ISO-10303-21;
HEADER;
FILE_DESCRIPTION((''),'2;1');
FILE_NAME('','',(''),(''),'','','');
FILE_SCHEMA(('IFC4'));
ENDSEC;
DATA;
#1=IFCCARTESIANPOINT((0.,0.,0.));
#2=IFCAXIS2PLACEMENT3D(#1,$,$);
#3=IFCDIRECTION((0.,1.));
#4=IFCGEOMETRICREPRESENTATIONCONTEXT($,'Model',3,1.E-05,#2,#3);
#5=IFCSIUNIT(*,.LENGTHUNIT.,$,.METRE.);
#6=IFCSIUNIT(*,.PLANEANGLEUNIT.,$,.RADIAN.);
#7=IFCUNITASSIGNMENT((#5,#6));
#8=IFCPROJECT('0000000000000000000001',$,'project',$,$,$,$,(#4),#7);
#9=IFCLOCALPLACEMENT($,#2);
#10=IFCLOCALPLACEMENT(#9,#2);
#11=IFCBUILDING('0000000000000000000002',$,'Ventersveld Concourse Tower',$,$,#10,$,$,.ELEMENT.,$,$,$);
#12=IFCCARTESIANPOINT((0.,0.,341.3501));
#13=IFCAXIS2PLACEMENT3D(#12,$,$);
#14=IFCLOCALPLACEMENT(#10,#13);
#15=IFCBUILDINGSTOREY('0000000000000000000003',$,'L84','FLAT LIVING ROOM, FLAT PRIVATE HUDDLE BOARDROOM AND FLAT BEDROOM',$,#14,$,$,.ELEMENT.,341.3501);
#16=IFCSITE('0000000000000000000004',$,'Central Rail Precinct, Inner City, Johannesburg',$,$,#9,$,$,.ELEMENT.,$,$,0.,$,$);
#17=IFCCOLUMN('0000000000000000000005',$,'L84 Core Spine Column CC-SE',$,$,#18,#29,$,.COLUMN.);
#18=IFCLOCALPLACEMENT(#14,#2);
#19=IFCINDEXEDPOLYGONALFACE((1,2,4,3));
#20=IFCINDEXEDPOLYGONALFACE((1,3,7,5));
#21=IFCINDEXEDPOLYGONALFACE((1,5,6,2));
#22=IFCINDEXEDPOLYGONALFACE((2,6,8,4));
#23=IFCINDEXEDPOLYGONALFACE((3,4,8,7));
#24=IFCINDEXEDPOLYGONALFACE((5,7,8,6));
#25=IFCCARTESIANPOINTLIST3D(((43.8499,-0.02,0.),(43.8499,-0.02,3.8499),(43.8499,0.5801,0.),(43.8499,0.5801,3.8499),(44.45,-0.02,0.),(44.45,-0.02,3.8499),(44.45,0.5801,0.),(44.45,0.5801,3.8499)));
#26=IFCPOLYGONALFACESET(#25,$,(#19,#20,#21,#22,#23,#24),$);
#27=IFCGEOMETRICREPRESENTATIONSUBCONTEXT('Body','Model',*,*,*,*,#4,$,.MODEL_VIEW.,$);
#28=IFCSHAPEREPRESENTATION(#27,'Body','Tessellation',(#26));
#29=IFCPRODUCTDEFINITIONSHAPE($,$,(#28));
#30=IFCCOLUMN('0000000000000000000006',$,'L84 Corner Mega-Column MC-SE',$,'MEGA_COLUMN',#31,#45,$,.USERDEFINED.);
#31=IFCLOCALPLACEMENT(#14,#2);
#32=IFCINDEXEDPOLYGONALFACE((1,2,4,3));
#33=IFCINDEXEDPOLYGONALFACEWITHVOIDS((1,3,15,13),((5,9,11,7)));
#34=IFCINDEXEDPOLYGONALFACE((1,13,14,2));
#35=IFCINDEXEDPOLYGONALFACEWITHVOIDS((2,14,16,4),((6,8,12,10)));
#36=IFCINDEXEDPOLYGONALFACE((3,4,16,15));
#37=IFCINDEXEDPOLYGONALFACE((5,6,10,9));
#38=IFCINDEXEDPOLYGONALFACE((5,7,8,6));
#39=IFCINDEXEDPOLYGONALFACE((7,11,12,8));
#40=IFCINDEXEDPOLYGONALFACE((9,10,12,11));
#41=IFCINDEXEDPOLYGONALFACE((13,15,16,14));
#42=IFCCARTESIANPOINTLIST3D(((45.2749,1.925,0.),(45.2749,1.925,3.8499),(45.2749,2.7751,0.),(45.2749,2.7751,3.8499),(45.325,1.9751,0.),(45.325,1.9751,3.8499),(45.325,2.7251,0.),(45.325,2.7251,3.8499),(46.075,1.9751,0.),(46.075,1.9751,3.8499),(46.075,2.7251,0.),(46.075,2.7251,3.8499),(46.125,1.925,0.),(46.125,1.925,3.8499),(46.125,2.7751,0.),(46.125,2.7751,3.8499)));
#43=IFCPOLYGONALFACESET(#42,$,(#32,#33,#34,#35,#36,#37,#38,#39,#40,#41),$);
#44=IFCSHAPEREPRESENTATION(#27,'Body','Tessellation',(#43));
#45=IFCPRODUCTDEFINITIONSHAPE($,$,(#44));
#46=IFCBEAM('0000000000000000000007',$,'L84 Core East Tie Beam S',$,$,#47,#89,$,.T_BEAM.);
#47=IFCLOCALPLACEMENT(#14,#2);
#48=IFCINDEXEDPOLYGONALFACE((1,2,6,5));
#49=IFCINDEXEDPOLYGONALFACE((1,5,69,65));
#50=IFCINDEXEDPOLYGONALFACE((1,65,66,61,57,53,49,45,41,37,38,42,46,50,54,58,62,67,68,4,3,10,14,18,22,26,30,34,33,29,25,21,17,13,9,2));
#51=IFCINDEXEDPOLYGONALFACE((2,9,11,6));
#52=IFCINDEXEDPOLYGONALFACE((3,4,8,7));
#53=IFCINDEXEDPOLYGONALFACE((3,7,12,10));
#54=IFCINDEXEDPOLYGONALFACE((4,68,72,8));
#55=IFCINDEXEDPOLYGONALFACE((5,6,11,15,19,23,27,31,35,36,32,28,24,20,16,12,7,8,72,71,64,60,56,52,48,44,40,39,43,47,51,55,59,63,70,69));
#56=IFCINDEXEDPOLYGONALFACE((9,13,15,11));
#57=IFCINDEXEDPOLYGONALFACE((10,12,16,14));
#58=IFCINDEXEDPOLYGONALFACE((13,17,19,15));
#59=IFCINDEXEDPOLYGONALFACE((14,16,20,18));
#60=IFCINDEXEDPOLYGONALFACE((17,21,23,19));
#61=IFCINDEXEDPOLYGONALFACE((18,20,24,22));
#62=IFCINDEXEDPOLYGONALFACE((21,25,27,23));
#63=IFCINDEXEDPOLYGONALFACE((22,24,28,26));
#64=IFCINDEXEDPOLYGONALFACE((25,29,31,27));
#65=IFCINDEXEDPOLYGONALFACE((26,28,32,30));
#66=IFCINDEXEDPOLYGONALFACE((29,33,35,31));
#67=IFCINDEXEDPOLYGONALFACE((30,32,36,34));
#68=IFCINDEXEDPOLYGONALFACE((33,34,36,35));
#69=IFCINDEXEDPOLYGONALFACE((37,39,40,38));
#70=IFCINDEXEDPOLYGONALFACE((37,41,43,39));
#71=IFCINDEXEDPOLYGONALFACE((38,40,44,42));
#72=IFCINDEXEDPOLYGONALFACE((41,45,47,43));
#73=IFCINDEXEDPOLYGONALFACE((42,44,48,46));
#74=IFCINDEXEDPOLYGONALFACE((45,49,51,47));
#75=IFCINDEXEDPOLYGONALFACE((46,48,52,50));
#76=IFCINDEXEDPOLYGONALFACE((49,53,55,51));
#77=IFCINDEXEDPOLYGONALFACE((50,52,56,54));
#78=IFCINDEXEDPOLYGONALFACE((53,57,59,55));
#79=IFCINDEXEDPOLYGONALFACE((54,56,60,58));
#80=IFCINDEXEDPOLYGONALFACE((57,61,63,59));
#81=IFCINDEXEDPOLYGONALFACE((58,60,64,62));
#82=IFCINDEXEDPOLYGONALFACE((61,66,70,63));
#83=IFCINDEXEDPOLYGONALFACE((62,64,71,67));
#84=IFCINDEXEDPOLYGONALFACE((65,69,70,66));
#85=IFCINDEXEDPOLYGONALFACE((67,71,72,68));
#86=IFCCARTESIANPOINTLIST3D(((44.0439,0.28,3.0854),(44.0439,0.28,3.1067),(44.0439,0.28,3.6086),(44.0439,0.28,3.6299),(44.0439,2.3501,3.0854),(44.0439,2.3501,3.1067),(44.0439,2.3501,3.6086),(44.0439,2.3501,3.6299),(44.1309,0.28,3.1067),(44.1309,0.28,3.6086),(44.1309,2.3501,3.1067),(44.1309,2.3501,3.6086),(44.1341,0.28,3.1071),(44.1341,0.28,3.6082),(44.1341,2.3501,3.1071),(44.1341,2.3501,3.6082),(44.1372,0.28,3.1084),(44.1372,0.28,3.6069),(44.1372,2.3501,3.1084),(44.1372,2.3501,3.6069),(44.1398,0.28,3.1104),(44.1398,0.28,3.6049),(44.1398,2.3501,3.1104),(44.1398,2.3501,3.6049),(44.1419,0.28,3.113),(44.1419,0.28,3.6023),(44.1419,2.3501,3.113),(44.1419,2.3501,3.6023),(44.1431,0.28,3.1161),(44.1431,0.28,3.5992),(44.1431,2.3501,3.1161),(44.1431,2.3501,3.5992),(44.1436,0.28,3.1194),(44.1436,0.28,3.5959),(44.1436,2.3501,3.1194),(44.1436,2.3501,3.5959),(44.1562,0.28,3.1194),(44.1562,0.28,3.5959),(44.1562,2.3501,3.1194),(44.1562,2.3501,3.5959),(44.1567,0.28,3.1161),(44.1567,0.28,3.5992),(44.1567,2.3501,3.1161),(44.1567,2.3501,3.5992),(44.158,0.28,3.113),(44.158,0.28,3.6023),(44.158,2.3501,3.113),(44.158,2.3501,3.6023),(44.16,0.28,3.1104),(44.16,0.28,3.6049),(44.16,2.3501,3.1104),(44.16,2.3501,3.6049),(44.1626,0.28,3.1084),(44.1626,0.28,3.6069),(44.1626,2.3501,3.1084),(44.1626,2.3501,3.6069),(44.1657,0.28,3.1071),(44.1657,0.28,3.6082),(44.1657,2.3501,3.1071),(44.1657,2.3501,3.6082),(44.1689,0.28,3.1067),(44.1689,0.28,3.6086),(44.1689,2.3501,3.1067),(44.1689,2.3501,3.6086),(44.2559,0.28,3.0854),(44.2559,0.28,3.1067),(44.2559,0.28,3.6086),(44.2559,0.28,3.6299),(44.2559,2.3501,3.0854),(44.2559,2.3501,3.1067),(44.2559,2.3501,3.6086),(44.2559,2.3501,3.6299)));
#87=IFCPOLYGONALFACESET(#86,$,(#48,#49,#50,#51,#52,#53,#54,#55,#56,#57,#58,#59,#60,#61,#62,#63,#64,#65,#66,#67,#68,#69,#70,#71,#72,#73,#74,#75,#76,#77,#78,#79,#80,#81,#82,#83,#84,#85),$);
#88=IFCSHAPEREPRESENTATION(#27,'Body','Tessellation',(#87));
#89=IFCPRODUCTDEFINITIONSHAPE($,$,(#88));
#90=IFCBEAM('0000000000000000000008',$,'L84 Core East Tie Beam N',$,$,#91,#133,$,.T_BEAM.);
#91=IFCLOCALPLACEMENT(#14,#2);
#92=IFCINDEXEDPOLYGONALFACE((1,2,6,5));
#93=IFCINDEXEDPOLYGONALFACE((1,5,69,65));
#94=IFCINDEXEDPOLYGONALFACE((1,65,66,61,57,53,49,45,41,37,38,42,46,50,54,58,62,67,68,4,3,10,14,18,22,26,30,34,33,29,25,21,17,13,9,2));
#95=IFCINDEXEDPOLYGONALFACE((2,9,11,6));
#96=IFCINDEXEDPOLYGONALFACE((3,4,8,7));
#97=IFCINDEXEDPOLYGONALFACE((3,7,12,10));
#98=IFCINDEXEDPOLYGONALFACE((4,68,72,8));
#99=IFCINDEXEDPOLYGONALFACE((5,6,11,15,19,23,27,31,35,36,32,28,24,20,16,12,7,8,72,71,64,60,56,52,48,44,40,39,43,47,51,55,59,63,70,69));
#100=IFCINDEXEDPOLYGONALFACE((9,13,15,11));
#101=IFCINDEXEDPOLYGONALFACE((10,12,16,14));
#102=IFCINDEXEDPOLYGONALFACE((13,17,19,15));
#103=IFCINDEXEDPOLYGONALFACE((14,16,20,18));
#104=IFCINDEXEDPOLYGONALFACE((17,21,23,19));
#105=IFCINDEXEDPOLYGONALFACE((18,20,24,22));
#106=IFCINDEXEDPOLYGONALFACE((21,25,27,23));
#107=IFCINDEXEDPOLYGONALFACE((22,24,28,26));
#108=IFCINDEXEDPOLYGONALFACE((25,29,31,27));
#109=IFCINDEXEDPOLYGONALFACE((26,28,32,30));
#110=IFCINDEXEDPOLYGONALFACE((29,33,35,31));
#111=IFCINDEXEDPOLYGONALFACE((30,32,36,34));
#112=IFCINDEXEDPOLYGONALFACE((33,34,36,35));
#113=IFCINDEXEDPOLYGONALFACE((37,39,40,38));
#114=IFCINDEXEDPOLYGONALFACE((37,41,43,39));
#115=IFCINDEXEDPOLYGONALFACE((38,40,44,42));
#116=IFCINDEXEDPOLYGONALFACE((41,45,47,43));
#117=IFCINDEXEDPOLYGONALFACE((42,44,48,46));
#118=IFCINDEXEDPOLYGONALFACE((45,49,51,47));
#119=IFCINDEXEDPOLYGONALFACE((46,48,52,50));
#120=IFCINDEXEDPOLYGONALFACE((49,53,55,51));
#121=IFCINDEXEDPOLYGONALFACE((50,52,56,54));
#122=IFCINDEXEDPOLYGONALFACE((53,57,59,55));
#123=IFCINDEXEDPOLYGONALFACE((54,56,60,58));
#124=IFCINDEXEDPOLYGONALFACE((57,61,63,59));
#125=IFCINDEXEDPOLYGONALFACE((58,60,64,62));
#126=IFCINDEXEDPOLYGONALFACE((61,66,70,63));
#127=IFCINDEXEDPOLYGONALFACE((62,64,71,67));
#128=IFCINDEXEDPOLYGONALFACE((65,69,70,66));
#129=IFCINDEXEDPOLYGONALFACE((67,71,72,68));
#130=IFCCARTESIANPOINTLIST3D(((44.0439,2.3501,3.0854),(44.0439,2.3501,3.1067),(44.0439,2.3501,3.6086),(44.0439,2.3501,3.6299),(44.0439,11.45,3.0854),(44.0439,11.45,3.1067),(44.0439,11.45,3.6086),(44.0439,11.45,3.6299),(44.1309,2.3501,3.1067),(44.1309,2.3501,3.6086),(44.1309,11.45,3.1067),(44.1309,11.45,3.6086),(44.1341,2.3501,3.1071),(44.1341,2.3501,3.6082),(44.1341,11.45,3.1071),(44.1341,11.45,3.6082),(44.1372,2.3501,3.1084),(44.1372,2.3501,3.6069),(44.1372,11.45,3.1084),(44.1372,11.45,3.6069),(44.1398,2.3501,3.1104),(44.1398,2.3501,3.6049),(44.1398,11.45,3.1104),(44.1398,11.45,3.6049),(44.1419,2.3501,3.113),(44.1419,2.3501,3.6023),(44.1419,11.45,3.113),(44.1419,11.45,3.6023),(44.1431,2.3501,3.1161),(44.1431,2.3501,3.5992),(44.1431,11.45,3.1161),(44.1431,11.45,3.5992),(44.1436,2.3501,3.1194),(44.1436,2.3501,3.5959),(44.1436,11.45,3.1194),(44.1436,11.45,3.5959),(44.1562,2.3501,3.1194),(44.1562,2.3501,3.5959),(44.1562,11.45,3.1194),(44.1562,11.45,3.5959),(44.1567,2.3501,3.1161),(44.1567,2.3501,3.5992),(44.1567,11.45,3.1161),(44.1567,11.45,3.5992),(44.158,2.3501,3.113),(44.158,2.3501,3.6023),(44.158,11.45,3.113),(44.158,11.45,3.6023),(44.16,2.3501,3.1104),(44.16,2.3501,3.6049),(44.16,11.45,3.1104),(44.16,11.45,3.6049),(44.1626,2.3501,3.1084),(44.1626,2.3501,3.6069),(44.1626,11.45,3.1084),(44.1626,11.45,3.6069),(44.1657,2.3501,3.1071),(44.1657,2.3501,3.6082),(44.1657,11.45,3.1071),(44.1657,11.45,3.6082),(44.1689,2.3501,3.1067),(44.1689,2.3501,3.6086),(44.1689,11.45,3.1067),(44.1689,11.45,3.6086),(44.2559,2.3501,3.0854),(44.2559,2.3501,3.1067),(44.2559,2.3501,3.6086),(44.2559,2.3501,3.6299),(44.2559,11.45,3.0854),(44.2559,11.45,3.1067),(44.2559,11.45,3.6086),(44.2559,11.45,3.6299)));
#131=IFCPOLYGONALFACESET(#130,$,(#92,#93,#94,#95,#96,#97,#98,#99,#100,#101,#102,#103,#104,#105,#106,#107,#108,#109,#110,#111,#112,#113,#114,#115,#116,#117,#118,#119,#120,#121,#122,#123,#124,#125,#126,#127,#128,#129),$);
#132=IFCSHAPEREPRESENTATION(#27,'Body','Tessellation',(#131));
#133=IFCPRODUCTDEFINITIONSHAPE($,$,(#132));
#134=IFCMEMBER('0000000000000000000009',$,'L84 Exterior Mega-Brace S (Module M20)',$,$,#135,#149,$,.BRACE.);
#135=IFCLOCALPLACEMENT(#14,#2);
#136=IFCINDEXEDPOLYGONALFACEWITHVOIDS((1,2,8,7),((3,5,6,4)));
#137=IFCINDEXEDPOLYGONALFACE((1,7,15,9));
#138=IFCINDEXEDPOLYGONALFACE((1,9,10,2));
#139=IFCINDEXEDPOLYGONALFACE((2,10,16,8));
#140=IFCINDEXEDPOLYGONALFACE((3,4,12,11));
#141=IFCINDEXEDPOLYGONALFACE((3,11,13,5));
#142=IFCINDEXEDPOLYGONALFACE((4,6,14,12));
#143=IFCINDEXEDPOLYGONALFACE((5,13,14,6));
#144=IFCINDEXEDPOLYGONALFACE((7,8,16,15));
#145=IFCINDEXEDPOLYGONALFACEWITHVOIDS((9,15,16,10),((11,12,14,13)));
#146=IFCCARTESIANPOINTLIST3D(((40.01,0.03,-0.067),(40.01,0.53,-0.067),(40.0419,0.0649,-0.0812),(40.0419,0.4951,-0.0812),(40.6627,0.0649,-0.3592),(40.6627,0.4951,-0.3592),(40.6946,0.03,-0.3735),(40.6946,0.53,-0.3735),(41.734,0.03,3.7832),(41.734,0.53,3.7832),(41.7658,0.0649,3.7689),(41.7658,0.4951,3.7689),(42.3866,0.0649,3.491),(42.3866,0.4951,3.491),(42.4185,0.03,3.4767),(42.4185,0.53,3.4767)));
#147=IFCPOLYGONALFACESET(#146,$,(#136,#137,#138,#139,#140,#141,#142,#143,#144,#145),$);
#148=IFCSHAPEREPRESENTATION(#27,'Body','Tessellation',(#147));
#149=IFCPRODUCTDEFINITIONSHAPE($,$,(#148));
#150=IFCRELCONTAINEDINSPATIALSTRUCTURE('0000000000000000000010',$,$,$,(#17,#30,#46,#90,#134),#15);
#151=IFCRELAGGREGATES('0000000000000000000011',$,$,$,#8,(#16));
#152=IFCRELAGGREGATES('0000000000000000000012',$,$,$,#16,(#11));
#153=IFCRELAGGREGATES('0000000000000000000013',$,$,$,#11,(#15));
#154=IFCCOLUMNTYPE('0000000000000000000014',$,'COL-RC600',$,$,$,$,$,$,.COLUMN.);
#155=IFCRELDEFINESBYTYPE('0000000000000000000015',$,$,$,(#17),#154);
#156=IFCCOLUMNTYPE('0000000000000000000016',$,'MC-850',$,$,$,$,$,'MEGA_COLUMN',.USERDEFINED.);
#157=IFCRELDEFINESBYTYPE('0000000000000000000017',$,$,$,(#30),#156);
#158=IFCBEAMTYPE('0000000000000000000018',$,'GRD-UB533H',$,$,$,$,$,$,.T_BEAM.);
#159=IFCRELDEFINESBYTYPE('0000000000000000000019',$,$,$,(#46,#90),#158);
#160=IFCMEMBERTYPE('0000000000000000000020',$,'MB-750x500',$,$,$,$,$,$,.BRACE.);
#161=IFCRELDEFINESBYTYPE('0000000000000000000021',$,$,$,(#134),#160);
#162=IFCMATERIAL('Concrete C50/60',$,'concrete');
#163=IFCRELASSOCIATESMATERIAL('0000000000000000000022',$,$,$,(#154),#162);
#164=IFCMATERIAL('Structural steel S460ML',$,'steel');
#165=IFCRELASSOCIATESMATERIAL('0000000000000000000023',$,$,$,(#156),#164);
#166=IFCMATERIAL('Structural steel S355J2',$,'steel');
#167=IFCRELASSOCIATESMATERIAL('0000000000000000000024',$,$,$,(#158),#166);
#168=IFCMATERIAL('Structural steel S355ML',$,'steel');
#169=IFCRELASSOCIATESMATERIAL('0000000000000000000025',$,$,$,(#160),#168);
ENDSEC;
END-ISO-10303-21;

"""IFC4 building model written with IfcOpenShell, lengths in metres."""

from ifc_helpers import new_model, si_unit, direction, frame, origin, origin_2d, place, context, subcontext, project, spatial, rectangle, hollow_rectangle, i_section, extrude, material, material_profile, profile_set, type_object, element, save


model = new_model("IFC4")

# Units and contexts
model_context = context("Model", 3, precision=1e-05, world=origin(), true_north=direction((0.0, 1.0)))
body_context = subcontext(model_context, "Body", "Model", "MODEL_VIEW")
ifc_project = project(units=[si_unit("LENGTHUNIT", "METRE"), si_unit("PLANEANGLEUNIT", "RADIAN")], contexts=[model_context])

# Site, building, storey
site_placement = place(None, origin())
site = spatial("IfcSite", under=ifc_project, at=site_placement, Name="Central Rail Precinct, Inner City, Johannesburg", CompositionType="ELEMENT", RefElevation=0.0)
building_placement = place(site_placement, origin())
building = spatial("IfcBuilding", under=site, at=building_placement, Name="Ventersveld Concourse Tower", CompositionType="ELEMENT")
storey_placement = place(building_placement, frame((0.0, 0.0, 341.3501)))
storey = spatial("IfcBuildingStorey", under=building, at=storey_placement, Name="L84", Description="FLAT LIVING ROOM, FLAT PRIVATE HUDDLE BOARDROOM AND FLAT BEDROOM", CompositionType="ELEMENT", Elevation=341.3501)

# Columns
ifc_material_1 = material(Name="Concrete C50/60", Category="concrete")
ifc_material_profile_1 = material_profile(ifc_material_1, rectangle(XDim=0.6001, YDim=0.6001, at=origin_2d()), Name="RC 600x600")
ifc_profile_set_1 = profile_set([ifc_material_profile_1], Name="Concrete C50/60")
column_type_1 = type_object("IfcColumnType", Name="COL-RC600", PredefinedType="COLUMN", material=ifc_profile_set_1)
column_1_placement = place(storey_placement, frame((44.1499, 0.28, 0.0), z_axis=(0.0, 0.0, 1.0), x_axis=(1.0, 0.0, 0.0)))
element("IfcColumn", 1, at=column_1_placement, inside=storey, type_object=column_type_1, Name="L84 Core Spine Column CC-SE", PredefinedType="COLUMN", context=body_context, shape_type="SweptSolid", body=[
    extrude(rectangle(XDim=0.6001, YDim=0.6001, at=origin_2d()), origin(), (0.0, 0.0, 1.0), 3.8499),
])
ifc_material_2 = material(Name="Structural steel S460ML", Category="steel")
ifc_material_profile_2 = material_profile(ifc_material_2, hollow_rectangle(XDim=0.8501, YDim=0.8501, WallThickness=0.05, at=origin_2d()), Name="BOX 850x850x50")
ifc_profile_set_2 = profile_set([ifc_material_profile_2], Name="Structural steel S460ML")
column_type_2 = type_object("IfcColumnType", Name="MC-850", ElementType="MEGA_COLUMN", PredefinedType="USERDEFINED", material=ifc_profile_set_2)
column_2_placement = place(storey_placement, frame((45.7, 2.3501, 0.0), z_axis=(0.0, 0.0, 1.0), x_axis=(1.0, 0.0, 0.0)))
element("IfcColumn", 2, at=column_2_placement, inside=storey, type_object=column_type_2, Name="L84 Corner Mega-Column MC-SE", ObjectType="MEGA_COLUMN", PredefinedType="USERDEFINED", context=body_context, shape_type="SweptSolid", body=[
    extrude(hollow_rectangle(XDim=0.8501, YDim=0.8501, WallThickness=0.05, at=origin_2d()), origin(), (0.0, 0.0, 1.0), 3.8499),
])

# Beams
ifc_material_3 = material(Name="Structural steel S355J2", Category="steel")
ifc_material_profile_3 = material_profile(ifc_material_3, i_section(OverallWidth=0.2119, OverallDepth=0.5444, WebThickness=0.0127, FlangeThickness=0.0212, FilletRadius=0.0127, at=origin_2d()), Name="UB 533x210x122")
ifc_profile_set_3 = profile_set([ifc_material_profile_3], Name="Structural steel S355J2")
beam_type_1 = type_object("IfcBeamType", Name="GRD-UB533H", PredefinedType="T_BEAM", material=ifc_profile_set_3)
beam_1_placement = place(storey_placement, frame((44.1499, 0.28, 3.3577), z_axis=(0.0, 1.0, 0.0), x_axis=(-1.0, 0.0, 0.0)))
element("IfcBeam", 3, at=beam_1_placement, inside=storey, type_object=beam_type_1, Name="L84 Core East Tie Beam S", PredefinedType="T_BEAM", context=body_context, shape_type="SweptSolid", body=[
    extrude(i_section(OverallWidth=0.2119, OverallDepth=0.5444, WebThickness=0.0127, FlangeThickness=0.0212, FilletRadius=0.0127, at=origin_2d()), origin(), (0.0, 0.0, 1.0), 2.0701),
])
beam_2_placement = place(storey_placement, frame((44.1499, 2.3501, 3.3577), z_axis=(0.0, 1.0, 0.0), x_axis=(-1.0, 0.0, 0.0)))
element("IfcBeam", 4, at=beam_2_placement, inside=storey, type_object=beam_type_1, Name="L84 Core East Tie Beam N", PredefinedType="T_BEAM", context=body_context, shape_type="SweptSolid", body=[
    extrude(i_section(OverallWidth=0.2119, OverallDepth=0.5444, WebThickness=0.0127, FlangeThickness=0.0212, FilletRadius=0.0127, at=origin_2d()), origin(), (0.0, 0.0, 1.0), 9.0999),
])

# Member
ifc_material_4 = material(Name="Structural steel S355ML", Category="steel")
ifc_material_profile_4 = material_profile(ifc_material_4, hollow_rectangle(XDim=0.5, YDim=0.75, WallThickness=0.0349, at=origin_2d()), Name="BOX 750x500x35")
ifc_profile_set_4 = profile_set([ifc_material_profile_4], Name="Structural steel S355ML")
member_type = type_object("IfcMemberType", Name="MB-750x500", PredefinedType="BRACE", material=ifc_profile_set_4)
member_placement = place(storey_placement, frame((40.3523, 0.28, -0.2202), z_axis=(0.408655, 0.0, 0.912689), x_axis=(0.0, 1.0, 0.0)))
element("IfcMember", 5, at=member_placement, inside=storey, type_object=member_type, Name="L84 Exterior Mega-Brace S (Module M20)", PredefinedType="BRACE", context=body_context, shape_type="SweptSolid", body=[
    extrude(hollow_rectangle(XDim=0.5, YDim=0.75, WallThickness=0.0349, at=origin_2d()), origin(), (0.0, 0.0, 1.0), 4.2185),
])

save(model, "model.ifc")
